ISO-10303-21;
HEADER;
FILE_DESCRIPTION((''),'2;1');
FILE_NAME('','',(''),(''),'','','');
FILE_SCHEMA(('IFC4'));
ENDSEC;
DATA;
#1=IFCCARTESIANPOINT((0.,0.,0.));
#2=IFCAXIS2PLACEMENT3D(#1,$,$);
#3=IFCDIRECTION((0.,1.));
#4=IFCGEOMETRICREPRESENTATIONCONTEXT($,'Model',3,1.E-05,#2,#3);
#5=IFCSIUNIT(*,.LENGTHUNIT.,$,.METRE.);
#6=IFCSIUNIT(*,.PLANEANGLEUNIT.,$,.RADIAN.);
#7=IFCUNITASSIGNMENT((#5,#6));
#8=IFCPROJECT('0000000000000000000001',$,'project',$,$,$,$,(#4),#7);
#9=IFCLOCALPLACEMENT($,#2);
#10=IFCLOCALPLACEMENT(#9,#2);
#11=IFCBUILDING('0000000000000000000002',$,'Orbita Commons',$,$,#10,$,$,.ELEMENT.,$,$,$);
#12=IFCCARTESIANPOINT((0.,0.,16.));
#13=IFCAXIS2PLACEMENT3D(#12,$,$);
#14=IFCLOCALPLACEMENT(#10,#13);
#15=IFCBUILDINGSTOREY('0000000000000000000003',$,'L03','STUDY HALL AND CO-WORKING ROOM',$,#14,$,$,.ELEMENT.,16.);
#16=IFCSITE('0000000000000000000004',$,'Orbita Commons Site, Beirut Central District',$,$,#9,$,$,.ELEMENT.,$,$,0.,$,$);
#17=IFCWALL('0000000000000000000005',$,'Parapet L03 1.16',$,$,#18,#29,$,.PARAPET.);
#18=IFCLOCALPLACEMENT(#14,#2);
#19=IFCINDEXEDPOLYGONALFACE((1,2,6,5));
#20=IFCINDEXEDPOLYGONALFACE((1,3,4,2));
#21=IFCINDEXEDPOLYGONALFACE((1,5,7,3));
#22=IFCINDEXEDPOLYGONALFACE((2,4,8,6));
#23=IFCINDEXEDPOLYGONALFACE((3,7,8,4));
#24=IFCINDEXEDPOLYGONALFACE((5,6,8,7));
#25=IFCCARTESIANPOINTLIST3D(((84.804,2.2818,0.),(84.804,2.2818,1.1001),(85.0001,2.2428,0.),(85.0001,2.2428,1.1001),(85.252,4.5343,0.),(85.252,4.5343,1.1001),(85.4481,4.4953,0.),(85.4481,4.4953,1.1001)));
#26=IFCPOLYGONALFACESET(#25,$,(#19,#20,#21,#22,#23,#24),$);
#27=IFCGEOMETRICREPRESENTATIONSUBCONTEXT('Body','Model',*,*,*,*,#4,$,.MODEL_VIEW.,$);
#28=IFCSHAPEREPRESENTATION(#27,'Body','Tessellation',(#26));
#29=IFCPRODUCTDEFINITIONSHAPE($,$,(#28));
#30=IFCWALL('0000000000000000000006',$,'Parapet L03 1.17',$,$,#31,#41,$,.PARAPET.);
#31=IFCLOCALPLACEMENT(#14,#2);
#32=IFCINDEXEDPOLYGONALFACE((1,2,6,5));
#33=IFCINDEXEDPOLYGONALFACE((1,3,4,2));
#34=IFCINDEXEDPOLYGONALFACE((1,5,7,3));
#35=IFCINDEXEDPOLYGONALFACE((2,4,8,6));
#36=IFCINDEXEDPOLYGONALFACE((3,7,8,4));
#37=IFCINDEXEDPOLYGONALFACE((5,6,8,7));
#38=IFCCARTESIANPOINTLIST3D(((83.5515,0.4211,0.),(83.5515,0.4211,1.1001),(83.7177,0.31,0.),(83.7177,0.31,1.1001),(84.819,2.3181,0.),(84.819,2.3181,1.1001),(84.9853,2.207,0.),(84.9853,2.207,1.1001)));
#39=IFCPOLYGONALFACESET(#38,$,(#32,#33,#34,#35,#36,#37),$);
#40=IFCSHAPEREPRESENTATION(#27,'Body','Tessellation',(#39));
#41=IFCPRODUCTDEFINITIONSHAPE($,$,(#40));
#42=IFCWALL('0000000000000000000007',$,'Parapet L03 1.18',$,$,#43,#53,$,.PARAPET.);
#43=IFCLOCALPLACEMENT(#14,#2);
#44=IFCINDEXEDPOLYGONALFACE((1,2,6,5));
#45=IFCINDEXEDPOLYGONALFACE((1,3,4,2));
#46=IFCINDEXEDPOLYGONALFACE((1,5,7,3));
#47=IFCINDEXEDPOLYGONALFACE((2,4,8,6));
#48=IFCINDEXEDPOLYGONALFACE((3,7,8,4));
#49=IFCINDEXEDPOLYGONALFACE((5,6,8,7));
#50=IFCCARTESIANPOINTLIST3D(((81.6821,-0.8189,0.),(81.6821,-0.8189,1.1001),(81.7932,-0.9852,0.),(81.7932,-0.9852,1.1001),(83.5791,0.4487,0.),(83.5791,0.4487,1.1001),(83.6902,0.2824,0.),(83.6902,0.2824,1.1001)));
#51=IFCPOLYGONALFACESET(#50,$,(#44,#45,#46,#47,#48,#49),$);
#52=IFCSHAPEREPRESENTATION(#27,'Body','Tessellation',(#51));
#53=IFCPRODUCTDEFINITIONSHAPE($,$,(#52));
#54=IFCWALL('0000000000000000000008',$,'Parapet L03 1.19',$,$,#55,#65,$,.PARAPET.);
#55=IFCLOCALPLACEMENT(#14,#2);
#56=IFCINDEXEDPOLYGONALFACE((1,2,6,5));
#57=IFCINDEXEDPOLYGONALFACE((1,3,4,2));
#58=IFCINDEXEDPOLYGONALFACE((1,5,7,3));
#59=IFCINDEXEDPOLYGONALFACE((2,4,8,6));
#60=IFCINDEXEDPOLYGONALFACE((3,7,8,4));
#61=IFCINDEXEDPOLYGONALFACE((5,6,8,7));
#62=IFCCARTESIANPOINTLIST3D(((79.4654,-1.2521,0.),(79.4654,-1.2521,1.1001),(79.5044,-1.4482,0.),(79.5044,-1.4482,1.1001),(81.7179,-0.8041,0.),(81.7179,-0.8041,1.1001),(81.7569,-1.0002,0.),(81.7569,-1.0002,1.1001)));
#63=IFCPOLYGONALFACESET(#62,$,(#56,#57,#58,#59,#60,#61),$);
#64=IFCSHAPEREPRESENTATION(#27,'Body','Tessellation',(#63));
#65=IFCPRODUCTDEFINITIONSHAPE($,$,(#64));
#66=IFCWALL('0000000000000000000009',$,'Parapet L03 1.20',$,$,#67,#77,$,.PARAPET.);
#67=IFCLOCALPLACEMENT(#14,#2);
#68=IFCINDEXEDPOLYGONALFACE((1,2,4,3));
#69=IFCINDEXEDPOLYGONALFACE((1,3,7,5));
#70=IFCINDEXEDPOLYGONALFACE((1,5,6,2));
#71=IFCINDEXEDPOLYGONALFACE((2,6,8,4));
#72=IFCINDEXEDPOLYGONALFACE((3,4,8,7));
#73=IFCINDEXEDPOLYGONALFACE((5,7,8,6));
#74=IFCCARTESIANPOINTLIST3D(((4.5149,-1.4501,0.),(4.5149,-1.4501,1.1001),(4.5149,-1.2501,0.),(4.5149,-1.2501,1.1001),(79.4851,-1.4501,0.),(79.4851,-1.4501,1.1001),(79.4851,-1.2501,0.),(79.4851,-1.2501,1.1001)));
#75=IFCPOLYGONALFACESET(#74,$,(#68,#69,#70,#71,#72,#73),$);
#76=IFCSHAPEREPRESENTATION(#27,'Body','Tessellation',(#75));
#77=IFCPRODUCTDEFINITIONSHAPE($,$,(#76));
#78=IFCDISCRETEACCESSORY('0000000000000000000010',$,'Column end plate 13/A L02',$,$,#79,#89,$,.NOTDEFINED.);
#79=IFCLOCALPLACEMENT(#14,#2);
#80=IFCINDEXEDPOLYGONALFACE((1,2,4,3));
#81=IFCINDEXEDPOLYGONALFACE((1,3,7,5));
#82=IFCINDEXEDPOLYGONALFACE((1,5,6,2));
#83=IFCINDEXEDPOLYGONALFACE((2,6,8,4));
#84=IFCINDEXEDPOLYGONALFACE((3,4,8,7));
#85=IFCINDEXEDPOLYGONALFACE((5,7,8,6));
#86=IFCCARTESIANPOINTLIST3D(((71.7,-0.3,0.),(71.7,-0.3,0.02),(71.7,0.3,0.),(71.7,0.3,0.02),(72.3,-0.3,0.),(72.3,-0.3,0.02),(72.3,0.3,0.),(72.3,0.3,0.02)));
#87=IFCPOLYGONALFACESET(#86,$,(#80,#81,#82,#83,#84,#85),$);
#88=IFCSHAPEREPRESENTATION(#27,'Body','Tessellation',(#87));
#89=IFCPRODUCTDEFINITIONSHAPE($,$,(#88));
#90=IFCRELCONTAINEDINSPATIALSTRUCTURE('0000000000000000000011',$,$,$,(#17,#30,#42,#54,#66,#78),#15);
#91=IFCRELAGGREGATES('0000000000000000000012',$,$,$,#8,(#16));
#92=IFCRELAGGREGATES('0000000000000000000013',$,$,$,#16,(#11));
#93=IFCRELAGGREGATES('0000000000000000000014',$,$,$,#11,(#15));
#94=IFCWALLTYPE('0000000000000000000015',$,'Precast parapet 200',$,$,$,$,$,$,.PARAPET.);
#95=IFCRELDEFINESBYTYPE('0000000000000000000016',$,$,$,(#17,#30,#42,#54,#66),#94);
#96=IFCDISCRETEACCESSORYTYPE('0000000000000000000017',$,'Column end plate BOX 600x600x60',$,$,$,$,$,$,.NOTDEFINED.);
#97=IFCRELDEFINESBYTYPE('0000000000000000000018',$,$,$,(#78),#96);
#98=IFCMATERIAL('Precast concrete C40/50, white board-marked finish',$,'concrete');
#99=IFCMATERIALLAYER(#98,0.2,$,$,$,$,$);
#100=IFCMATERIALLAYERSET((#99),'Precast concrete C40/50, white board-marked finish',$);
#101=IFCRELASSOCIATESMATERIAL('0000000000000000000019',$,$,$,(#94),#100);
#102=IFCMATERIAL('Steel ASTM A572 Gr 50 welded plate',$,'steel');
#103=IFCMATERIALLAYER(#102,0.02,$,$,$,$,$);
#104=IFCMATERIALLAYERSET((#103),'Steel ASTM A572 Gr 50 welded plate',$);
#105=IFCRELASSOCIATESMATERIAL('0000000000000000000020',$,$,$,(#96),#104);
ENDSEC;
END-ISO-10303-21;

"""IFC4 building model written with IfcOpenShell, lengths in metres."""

from ifc_helpers import new_model, si_unit, direction, frame, frame_2d, origin, origin_2d, place, context, subcontext, project, spatial, rectangle, extrude, material, layer, layer_set, type_object, element, save


model = new_model("IFC4")

# Units and contexts
model_context = context("Model", 3, precision=1e-05, world=origin(), true_north=direction((0.0, 1.0)))
body_context = subcontext(model_context, "Body", "Model", "MODEL_VIEW")
ifc_project = project(units=[si_unit("LENGTHUNIT", "METRE"), si_unit("PLANEANGLEUNIT", "RADIAN")], contexts=[model_context])

# Site, building, storey
site_placement = place(None, origin())
site = spatial("IfcSite", under=ifc_project, at=site_placement, Name="Orbita Commons Site, Beirut Central District", CompositionType="ELEMENT", RefElevation=0.0)
building_placement = place(site_placement, origin())
building = spatial("IfcBuilding", under=site, at=building_placement, Name="Orbita Commons", CompositionType="ELEMENT")
storey_placement = place(building_placement, frame((0.0, 0.0, 16.0)))
storey = spatial("IfcBuildingStorey", under=building, at=storey_placement, Name="L03", Description="STUDY HALL AND CO-WORKING ROOM", CompositionType="ELEMENT", Elevation=16.0)

# Walls
ifc_material_1 = material(Name="Precast concrete C40/50, white board-marked finish", Category="concrete")
ifc_layer_1 = layer(ifc_material_1, 0.2)
ifc_layer_set_1 = layer_set([ifc_layer_1], Name="Precast concrete C40/50, white board-marked finish")
wall_type_1 = type_object("IfcWallType", Name="Precast parapet 200", PredefinedType="PARAPET", material=ifc_layer_set_1)
wall_1_placement = place(storey_placement, frame((85.3501, 4.5149, 0.0), z_axis=(0.0, 0.0, 1.0), x_axis=(-0.195073, -0.980789, 0.0)))
element("IfcWall", 1, at=wall_1_placement, inside=storey, type_object=wall_type_1, Name="Parapet L03 1.16", PredefinedType="PARAPET", context=body_context, shape_type="SweptSolid", body=[
    extrude(rectangle(XDim=2.2966, YDim=0.2, at=frame_2d((1.1484, 0.0))), origin(), (0.0, 0.0, 1.0), 1.1001),
])
for number, where, z_axis, x_axis, name in (
    (2, (84.9021, 2.2625, 0.0), (0.0, 0.0, 1.0), (-0.555589, -0.831457, 0.0), "Parapet L03 1.17"),
    (3, (83.6345, 0.3655, 0.0), (0.0, 0.0, 1.0), (-0.831457, -0.555589, 0.0), "Parapet L03 1.18"),
):
    element("IfcWall", number, at=place(storey_placement, frame(where, z_axis=z_axis, x_axis=x_axis)), inside=storey, type_object=wall_type_1, Name=name, PredefinedType="PARAPET", context=body_context, shape_type="SweptSolid", body=[
        extrude(rectangle(XDim=2.2815, YDim=0.2, at=frame_2d((1.1406, 0.0))), origin(), (0.0, 0.0, 1.0), 1.1001),
    ])
wall_2_placement = place(storey_placement, frame((81.7375, -0.9021, 0.0), z_axis=(0.0, 0.0, 1.0), x_axis=(-0.980789, -0.195073, 0.0)))
element("IfcWall", 4, at=wall_2_placement, inside=storey, type_object=wall_type_1, Name="Parapet L03 1.19", PredefinedType="PARAPET", context=body_context, shape_type="SweptSolid", body=[
    extrude(rectangle(XDim=2.2966, YDim=0.2, at=frame_2d((1.1484, 0.0))), origin(), (0.0, 0.0, 1.0), 1.1001),
])
wall_3_placement = place(storey_placement, frame((79.4851, -1.3501, 0.0), z_axis=(0.0, 0.0, 1.0), x_axis=(-1.0, 0.0, 0.0)))
element("IfcWall", 5, at=wall_3_placement, inside=storey, type_object=wall_type_1, Name="Parapet L03 1.20", PredefinedType="PARAPET", context=body_context, shape_type="SweptSolid", body=[
    extrude(rectangle(XDim=74.9702, YDim=0.2, at=frame_2d((37.4851, 0.0))), origin(), (0.0, 0.0, 1.0), 1.1001),
])

# Discrete accessory
ifc_material_2 = material(Name="Steel ASTM A572 Gr 50 welded plate", Category="steel")
ifc_layer_2 = layer(ifc_material_2, 0.02)
ifc_layer_set_2 = layer_set([ifc_layer_2], Name="Steel ASTM A572 Gr 50 welded plate")
discrete_accessory_type = type_object("IfcDiscreteAccessoryType", Name="Column end plate BOX 600x600x60", PredefinedType="NOTDEFINED", material=ifc_layer_set_2)
discrete_accessory_placement = place(storey_placement, frame((72.0, 0.0, 0.0), z_axis=(0.0, 0.0, 1.0), x_axis=(1.0, 0.0, 0.0)))
element("IfcDiscreteAccessory", 6, at=discrete_accessory_placement, inside=storey, type_object=discrete_accessory_type, Name="Column end plate 13/A L02", PredefinedType="NOTDEFINED", context=body_context, shape_type="SweptSolid", body=[
    extrude(rectangle(XDim=0.6001, YDim=0.6001, at=origin_2d()), origin(), (0.0, 0.0, 1.0), 0.02),
])

save(model, "model.ifc")
